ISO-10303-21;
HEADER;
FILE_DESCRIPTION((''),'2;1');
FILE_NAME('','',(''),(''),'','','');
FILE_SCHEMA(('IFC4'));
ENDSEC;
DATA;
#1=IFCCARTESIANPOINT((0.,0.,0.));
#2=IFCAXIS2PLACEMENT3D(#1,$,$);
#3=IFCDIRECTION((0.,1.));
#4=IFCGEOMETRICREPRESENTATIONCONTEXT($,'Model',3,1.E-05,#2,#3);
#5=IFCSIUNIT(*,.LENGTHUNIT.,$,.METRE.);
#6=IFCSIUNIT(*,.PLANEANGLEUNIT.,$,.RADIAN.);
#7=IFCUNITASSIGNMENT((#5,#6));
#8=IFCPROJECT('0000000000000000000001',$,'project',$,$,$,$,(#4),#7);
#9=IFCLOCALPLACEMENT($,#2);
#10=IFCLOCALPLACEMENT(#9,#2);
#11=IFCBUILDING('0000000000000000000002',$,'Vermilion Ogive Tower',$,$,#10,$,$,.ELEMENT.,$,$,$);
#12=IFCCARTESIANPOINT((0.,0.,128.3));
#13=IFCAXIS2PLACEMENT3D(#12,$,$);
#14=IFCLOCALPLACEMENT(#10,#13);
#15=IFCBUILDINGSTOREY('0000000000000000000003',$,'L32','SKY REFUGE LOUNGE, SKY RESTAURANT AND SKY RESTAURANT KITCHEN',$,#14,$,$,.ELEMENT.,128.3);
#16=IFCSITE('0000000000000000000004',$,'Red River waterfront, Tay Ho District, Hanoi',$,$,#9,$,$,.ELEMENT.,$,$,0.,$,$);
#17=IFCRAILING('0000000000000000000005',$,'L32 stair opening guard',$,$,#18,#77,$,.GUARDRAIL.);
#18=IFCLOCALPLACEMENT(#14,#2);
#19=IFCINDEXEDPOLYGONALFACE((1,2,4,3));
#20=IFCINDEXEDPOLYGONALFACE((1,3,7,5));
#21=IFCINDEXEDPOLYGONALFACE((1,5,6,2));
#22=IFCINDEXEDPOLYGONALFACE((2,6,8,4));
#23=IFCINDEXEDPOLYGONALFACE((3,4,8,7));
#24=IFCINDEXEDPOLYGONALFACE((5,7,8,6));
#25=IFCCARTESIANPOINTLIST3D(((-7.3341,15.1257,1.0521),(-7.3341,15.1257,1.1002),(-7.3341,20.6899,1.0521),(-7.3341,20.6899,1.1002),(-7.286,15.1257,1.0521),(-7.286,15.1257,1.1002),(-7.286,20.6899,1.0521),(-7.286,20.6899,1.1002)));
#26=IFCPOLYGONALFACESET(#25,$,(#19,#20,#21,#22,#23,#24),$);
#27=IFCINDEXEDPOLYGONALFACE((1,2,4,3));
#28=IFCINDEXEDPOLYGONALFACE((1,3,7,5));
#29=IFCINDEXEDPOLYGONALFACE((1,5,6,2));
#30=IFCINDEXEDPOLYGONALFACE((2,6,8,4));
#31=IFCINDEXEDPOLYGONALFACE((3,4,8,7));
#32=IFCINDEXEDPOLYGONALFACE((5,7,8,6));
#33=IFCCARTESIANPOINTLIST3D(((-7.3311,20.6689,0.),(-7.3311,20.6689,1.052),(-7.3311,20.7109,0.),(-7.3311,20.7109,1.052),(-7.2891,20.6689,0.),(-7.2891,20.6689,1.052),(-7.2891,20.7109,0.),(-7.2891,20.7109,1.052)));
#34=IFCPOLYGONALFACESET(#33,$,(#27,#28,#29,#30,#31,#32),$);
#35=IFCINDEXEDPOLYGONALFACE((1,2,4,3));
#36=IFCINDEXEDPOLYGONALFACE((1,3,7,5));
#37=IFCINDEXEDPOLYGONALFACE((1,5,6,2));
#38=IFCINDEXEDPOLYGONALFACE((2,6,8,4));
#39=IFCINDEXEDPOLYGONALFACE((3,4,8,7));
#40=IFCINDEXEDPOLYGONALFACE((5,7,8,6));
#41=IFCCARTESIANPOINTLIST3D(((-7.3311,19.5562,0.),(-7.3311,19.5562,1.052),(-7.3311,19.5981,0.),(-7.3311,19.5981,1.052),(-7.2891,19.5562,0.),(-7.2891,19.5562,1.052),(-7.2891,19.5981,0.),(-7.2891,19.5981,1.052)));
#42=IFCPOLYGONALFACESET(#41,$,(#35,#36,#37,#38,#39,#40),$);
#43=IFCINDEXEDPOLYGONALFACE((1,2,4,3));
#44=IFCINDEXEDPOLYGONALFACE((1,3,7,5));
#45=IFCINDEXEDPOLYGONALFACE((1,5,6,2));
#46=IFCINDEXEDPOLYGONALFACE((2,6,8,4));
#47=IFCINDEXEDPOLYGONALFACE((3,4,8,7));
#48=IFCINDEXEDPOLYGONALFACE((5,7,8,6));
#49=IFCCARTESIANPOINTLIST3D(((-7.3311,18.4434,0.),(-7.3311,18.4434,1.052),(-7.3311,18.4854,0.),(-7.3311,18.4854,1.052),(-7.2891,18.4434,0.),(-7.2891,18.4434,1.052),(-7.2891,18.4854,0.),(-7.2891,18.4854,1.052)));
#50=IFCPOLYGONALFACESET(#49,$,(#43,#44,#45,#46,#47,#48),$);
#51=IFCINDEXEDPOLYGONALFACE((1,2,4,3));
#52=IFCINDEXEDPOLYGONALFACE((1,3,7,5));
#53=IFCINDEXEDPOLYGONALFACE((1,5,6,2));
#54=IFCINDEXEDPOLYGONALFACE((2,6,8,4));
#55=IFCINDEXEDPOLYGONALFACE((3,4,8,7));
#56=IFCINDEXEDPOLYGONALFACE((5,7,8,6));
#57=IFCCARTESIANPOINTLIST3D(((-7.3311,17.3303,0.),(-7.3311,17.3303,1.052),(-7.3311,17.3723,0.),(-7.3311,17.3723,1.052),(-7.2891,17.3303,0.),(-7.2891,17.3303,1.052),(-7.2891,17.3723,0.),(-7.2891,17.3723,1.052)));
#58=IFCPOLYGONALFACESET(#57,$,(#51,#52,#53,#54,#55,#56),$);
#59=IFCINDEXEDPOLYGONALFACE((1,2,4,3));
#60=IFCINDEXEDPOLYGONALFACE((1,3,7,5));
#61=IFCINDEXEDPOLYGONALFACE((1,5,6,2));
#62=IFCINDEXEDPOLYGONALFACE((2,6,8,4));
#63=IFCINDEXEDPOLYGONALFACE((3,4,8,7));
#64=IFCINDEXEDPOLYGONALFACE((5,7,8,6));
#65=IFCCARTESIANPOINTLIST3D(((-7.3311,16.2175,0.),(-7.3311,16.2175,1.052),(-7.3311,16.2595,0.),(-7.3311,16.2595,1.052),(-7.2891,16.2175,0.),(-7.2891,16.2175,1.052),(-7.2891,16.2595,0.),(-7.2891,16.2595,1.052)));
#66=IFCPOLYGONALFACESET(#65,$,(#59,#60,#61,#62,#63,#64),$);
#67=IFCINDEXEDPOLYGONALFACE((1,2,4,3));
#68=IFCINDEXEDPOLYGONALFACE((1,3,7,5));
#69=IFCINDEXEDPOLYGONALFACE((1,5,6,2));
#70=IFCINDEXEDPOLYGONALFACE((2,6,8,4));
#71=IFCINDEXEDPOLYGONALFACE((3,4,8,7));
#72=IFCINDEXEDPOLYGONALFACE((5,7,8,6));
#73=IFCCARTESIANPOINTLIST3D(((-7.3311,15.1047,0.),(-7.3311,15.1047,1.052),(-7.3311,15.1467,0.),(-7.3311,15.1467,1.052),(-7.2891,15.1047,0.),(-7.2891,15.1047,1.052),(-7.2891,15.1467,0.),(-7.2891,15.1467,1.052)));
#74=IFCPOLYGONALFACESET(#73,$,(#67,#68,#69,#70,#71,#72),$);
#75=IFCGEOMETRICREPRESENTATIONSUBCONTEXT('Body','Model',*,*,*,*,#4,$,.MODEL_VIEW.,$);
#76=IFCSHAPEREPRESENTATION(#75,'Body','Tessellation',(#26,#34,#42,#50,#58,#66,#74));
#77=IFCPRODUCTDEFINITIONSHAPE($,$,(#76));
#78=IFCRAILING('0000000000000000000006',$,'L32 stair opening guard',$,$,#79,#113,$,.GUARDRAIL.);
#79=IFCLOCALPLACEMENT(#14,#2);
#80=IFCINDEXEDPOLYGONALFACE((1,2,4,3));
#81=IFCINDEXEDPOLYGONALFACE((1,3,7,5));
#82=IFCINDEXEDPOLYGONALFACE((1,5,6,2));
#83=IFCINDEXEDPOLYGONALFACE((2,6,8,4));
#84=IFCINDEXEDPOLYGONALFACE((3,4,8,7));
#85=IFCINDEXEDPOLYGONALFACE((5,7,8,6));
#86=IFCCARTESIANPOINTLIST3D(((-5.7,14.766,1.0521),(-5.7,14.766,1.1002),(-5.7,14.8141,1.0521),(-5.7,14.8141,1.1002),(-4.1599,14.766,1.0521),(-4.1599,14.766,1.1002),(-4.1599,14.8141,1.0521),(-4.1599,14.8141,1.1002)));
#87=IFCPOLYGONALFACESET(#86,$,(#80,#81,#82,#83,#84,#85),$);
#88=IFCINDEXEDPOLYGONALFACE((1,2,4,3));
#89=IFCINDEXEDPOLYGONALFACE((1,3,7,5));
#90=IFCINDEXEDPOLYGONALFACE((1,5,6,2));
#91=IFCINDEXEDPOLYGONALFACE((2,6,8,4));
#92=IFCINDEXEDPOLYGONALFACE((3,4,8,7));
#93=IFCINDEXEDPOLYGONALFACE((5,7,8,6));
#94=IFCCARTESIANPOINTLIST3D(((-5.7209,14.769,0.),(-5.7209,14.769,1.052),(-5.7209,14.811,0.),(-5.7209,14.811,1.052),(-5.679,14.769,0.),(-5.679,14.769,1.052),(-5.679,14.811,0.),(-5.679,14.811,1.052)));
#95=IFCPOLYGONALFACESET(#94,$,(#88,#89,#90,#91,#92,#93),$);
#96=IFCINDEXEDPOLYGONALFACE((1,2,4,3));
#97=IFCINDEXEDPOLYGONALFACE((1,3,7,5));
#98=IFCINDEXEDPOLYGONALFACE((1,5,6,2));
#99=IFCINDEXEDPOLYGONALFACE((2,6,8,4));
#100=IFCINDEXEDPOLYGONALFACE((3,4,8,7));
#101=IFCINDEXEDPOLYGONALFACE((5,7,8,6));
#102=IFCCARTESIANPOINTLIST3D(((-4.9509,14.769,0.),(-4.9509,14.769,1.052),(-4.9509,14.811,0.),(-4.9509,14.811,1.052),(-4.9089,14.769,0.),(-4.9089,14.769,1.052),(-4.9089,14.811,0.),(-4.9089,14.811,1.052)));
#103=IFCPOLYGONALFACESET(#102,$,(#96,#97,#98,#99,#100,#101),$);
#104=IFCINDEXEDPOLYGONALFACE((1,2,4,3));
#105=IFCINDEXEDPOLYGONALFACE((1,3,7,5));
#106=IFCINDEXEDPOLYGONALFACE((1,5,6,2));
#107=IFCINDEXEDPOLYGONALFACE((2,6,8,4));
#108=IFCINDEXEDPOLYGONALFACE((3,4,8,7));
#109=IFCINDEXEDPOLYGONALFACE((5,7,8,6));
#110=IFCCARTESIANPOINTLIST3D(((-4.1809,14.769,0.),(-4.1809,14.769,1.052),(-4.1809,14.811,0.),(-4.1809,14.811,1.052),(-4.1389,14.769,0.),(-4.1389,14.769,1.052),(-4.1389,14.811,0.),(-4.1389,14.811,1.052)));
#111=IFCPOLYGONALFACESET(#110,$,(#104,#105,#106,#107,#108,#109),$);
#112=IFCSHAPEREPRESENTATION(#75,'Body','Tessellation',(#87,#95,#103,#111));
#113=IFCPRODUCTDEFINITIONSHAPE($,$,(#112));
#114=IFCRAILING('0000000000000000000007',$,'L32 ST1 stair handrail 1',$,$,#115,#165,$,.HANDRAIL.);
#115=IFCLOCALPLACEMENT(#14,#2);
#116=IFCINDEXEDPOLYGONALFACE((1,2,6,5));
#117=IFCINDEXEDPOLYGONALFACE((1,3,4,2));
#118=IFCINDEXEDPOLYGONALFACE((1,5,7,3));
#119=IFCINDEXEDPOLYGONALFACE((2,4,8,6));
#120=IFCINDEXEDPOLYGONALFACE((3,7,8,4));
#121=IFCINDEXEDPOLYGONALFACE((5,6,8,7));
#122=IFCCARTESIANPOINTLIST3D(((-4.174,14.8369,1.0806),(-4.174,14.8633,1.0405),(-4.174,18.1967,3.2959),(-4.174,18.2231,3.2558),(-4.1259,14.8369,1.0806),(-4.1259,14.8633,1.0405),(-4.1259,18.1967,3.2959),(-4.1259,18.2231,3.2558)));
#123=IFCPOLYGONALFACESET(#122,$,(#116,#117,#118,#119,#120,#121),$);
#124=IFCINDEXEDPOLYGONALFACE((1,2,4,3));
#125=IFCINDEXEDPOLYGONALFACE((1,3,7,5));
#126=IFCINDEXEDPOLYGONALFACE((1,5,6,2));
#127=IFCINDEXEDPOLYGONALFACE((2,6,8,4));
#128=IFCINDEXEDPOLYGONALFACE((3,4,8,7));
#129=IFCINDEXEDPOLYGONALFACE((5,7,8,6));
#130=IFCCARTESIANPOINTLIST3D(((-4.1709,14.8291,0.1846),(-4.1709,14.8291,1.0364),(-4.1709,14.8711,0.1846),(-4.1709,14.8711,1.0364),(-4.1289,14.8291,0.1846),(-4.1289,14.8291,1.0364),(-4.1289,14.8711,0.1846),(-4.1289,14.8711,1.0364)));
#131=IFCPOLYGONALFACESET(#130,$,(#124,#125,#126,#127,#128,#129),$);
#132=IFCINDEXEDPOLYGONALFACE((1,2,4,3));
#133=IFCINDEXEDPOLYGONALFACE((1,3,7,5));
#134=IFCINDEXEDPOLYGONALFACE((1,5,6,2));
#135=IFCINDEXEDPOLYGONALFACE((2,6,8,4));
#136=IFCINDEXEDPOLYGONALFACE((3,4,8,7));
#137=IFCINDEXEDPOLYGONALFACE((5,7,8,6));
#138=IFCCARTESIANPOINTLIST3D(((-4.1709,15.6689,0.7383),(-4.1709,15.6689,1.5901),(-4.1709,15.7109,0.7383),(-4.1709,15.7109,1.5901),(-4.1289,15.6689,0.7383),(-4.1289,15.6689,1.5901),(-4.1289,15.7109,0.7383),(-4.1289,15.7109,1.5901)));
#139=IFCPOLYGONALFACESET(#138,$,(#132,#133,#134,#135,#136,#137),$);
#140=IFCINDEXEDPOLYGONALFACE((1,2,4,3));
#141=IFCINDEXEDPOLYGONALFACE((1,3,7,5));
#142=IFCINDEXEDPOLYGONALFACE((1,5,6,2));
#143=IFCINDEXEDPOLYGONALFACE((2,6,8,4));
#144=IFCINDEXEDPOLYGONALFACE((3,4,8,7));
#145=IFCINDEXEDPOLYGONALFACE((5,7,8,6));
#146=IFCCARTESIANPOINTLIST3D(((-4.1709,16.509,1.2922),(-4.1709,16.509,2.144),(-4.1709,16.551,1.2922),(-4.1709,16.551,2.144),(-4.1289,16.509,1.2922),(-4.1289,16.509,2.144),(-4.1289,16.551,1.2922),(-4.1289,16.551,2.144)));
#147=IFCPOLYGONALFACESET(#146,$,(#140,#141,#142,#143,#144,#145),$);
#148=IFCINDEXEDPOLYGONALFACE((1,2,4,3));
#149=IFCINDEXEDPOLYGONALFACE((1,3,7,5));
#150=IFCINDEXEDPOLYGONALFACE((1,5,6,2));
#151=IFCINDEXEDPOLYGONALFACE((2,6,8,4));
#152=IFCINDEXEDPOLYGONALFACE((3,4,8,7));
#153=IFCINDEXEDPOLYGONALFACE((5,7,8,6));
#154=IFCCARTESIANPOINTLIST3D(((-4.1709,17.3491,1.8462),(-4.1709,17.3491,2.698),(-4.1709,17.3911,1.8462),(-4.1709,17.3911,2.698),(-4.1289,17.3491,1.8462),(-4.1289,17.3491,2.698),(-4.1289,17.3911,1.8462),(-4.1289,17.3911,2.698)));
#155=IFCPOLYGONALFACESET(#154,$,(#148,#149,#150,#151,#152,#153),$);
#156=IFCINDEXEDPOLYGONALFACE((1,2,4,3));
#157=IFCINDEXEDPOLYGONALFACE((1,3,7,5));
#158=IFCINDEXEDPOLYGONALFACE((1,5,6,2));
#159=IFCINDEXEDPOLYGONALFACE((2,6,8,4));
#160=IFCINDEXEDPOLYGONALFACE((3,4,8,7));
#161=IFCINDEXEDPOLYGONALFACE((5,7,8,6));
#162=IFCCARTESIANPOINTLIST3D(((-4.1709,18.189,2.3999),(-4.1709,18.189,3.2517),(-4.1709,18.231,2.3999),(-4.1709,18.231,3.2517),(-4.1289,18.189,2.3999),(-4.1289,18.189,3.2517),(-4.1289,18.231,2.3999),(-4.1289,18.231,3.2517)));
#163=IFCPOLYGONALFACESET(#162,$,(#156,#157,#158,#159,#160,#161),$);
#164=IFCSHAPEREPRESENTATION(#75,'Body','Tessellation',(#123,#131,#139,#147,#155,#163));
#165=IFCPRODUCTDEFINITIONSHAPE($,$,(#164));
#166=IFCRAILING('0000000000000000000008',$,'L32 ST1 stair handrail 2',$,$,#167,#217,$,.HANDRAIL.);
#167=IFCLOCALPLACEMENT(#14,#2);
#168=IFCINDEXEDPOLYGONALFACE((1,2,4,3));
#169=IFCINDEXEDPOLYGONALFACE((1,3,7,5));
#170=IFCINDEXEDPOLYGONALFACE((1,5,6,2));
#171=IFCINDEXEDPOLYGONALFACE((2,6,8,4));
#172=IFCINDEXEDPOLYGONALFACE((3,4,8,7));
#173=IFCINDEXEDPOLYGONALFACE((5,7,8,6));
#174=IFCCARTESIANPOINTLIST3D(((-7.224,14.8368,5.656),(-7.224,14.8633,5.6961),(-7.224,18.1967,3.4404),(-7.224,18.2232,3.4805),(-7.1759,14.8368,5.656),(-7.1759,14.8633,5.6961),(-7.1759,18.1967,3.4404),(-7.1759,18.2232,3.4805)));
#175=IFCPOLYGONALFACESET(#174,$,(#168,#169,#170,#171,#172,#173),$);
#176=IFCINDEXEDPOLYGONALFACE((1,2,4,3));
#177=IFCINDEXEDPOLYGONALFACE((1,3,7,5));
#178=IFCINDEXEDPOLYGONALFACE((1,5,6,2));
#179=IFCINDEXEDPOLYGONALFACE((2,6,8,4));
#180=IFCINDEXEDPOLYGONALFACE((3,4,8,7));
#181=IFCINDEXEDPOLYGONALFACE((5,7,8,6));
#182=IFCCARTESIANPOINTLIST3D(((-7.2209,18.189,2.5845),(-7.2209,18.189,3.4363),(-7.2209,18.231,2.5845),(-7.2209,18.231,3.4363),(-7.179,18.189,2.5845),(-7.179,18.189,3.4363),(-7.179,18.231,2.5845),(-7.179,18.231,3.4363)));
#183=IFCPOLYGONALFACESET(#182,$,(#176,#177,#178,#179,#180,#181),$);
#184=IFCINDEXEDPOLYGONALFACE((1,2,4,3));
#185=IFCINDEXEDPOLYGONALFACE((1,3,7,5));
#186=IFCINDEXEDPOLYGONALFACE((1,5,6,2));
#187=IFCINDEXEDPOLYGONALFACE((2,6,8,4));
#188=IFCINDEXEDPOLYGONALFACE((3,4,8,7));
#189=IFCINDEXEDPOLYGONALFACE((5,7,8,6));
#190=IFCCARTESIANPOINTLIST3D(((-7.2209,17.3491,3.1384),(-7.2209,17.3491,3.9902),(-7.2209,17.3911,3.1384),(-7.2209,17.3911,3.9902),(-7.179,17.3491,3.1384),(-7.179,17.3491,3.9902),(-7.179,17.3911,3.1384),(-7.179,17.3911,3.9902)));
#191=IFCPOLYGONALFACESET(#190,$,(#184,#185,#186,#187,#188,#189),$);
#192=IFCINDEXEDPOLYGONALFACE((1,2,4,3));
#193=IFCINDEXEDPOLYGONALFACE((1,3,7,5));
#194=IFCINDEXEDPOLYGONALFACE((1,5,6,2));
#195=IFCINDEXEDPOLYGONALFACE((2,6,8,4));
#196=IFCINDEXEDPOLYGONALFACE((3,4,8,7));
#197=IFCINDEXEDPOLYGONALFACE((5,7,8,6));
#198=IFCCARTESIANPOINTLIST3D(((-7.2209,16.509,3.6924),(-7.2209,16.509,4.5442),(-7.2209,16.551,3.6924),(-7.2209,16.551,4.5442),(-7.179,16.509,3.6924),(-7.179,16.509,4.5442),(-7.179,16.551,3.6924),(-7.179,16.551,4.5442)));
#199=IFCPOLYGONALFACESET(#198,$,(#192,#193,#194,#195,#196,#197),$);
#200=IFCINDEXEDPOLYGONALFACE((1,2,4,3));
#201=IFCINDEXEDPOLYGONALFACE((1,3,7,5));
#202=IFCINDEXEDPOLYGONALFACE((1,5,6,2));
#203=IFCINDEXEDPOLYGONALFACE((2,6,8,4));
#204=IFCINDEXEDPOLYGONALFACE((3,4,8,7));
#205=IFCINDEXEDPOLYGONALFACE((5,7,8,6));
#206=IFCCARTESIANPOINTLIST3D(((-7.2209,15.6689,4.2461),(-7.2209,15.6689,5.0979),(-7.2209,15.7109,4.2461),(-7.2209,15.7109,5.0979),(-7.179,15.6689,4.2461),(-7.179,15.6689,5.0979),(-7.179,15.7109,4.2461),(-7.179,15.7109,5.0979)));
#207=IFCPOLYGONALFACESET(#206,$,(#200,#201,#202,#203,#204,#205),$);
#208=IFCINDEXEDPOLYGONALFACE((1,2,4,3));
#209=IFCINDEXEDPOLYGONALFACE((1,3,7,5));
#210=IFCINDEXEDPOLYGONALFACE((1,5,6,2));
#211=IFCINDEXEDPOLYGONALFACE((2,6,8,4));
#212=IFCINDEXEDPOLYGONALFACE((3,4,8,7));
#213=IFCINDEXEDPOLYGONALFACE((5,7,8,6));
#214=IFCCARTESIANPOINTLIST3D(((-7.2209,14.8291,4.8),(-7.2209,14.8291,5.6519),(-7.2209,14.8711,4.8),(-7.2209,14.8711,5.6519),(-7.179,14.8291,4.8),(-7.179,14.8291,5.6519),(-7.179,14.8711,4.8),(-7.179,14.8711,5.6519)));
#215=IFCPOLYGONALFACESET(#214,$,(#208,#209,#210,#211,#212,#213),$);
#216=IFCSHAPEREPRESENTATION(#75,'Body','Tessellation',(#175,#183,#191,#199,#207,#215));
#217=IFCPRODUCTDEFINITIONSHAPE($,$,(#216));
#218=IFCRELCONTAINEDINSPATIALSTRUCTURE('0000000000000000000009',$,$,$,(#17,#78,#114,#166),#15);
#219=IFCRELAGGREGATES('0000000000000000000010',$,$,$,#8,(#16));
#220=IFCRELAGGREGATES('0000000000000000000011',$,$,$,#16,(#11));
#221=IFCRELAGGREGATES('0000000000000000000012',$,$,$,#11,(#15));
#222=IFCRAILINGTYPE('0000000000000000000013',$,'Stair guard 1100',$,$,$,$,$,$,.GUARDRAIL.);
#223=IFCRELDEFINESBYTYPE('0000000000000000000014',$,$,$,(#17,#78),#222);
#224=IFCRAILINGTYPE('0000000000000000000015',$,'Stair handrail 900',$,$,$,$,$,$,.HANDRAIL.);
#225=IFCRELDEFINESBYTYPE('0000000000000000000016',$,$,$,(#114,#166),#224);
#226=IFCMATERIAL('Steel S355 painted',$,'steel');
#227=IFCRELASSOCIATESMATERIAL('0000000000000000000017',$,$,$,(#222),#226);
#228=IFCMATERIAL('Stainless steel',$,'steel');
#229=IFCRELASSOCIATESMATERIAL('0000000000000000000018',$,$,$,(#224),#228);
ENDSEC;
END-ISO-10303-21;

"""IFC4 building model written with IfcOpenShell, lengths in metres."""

from ifc_helpers import new_model, si_unit, direction, frame, origin, origin_2d, place, context, subcontext, project, spatial, rectangle, extrude, material, type_object, element, save


model = new_model("IFC4")

# Units and contexts
model_context = context("Model", 3, precision=1e-05, world=origin(), true_north=direction((0.0, 1.0)))
body_context = subcontext(model_context, "Body", "Model", "MODEL_VIEW")
ifc_project = project(units=[si_unit("LENGTHUNIT", "METRE"), si_unit("PLANEANGLEUNIT", "RADIAN")], contexts=[model_context])

# Site, building, storey
site_placement = place(None, origin())
site = spatial("IfcSite", under=ifc_project, at=site_placement, Name="Red River waterfront, Tay Ho District, Hanoi", CompositionType="ELEMENT", RefElevation=0.0)
building_placement = place(site_placement, origin())
building = spatial("IfcBuilding", under=site, at=building_placement, Name="Vermilion Ogive Tower", CompositionType="ELEMENT")
storey_placement = place(building_placement, frame((0.0, 0.0, 128.3)))
storey = spatial("IfcBuildingStorey", under=building, at=storey_placement, Name="L32", Description="SKY REFUGE LOUNGE, SKY RESTAURANT AND SKY RESTAURANT KITCHEN", CompositionType="ELEMENT", Elevation=128.3)

# Railings
ifc_material_1 = material(Name="Steel S355 painted", Category="steel")
railing_type_1 = type_object("IfcRailingType", Name="Stair guard 1100", PredefinedType="GUARDRAIL", material=ifc_material_1)
railing_1_placement = place(storey_placement, frame((-7.3101, 20.6899, 0.0)))
element("IfcRailing", 1, at=railing_1_placement, inside=storey, type_object=railing_type_1, Name="L32 stair opening guard", PredefinedType="GUARDRAIL", context=body_context, shape_type="SweptSolid", body=[
    extrude(rectangle(XDim=0.0481, YDim=0.0481, at=origin_2d()), frame((0.0, 0.0, 1.0762), z_axis=(0.0, -1.0, 0.0), x_axis=(1.0, 0.0, 0.0)), (0.0, 0.0, 1.0), 5.5642),
    extrude(rectangle(XDim=0.042, YDim=0.042, at=origin_2d()), origin(), (0.0, 0.0, 1.0), 1.052),
    extrude(rectangle(XDim=0.042, YDim=0.042, at=origin_2d()), frame((0.0, -1.1128, 0.0)), (0.0, 0.0, 1.0), 1.052),
    extrude(rectangle(XDim=0.042, YDim=0.042, at=origin_2d()), frame((0.0, -2.2256, 0.0)), (0.0, 0.0, 1.0), 1.052),
    extrude(rectangle(XDim=0.042, YDim=0.042, at=origin_2d()), frame((0.0, -3.3386, 0.0)), (0.0, 0.0, 1.0), 1.052),
    extrude(rectangle(XDim=0.042, YDim=0.042, at=origin_2d()), frame((0.0, -4.4514, 0.0)), (0.0, 0.0, 1.0), 1.052),
    extrude(rectangle(XDim=0.042, YDim=0.042, at=origin_2d()), frame((0.0, -5.5642, 0.0)), (0.0, 0.0, 1.0), 1.052),
])
railing_2_placement = place(storey_placement, frame((-5.7, 14.79, 0.0)))
element("IfcRailing", 2, at=railing_2_placement, inside=storey, type_object=railing_type_1, Name="L32 stair opening guard", PredefinedType="GUARDRAIL", context=body_context, shape_type="SweptSolid", body=[
    extrude(rectangle(XDim=0.0481, YDim=0.0481, at=origin_2d()), frame((0.0, 0.0, 1.0762), z_axis=(1.0, 0.0, 0.0), x_axis=(0.0, 1.0, 0.0)), (0.0, 0.0, 1.0), 1.54),
    extrude(rectangle(XDim=0.042, YDim=0.042, at=origin_2d()), origin(), (0.0, 0.0, 1.0), 1.052),
    extrude(rectangle(XDim=0.042, YDim=0.042, at=origin_2d()), frame((0.77, 0.0, 0.0)), (0.0, 0.0, 1.0), 1.052),
    extrude(rectangle(XDim=0.042, YDim=0.042, at=origin_2d()), frame((1.54, 0.0, 0.0)), (0.0, 0.0, 1.0), 1.052),
])
ifc_material_2 = material(Name="Stainless steel", Category="steel")
railing_type_2 = type_object("IfcRailingType", Name="Stair handrail 900", PredefinedType="HANDRAIL", material=ifc_material_2)
railing_3_placement = place(storey_placement, frame((-4.1499, 14.8501, 0.1846)))
element("IfcRailing", 3, at=railing_3_placement, inside=storey, type_object=railing_type_2, Name="L32 ST1 stair handrail 1", PredefinedType="HANDRAIL", context=body_context, shape_type="SweptSolid", body=[
    extrude(rectangle(XDim=0.0481, YDim=0.0481, at=origin_2d()), frame((0.0, 0.0, 0.876), z_axis=(0.0, 0.834858, 0.550465), x_axis=(-1.0, 0.0, 0.0)), (0.0, 0.0, 1.0), 4.0244),
    extrude(rectangle(XDim=0.042, YDim=0.042, at=origin_2d()), origin(), (0.0, 0.0, 1.0), 0.8518),
    extrude(rectangle(XDim=0.042, YDim=0.042, at=origin_2d()), frame((0.0, 0.8398, 0.5537)), (0.0, 0.0, 1.0), 0.8518),
    extrude(rectangle(XDim=0.042, YDim=0.042, at=origin_2d()), frame((0.0, 1.6799, 1.1077)), (0.0, 0.0, 1.0), 0.8518),
    extrude(rectangle(XDim=0.042, YDim=0.042, at=origin_2d()), frame((0.0, 2.52, 1.6616)), (0.0, 0.0, 1.0), 0.8518),
    extrude(rectangle(XDim=0.042, YDim=0.042, at=origin_2d()), frame((0.0, 3.3599, 2.2153)), (0.0, 0.0, 1.0), 0.8518),
])
railing_4_placement = place(storey_placement, frame((-7.2, 18.21, 2.5845)))
element("IfcRailing", 4, at=railing_4_placement, inside=storey, type_object=railing_type_2, Name="L32 ST1 stair handrail 2", PredefinedType="HANDRAIL", context=body_context, shape_type="SweptSolid", body=[
    extrude(rectangle(XDim=0.0481, YDim=0.0481, at=origin_2d()), frame((0.0, 0.0, 0.876), z_axis=(0.0, -0.83483, 0.550508), x_axis=(1.0, 0.0, 0.0)), (0.0, 0.0, 1.0), 4.0247),
    extrude(rectangle(XDim=0.042, YDim=0.042, at=origin_2d()), origin(), (0.0, 0.0, 1.0), 0.8518),
    extrude(rectangle(XDim=0.042, YDim=0.042, at=origin_2d()), frame((0.0, -0.8398, 0.554)), (0.0, 0.0, 1.0), 0.8518),
    extrude(rectangle(XDim=0.042, YDim=0.042, at=origin_2d()), frame((0.0, -1.6799, 1.1079)), (0.0, 0.0, 1.0), 0.8518),
    extrude(rectangle(XDim=0.042, YDim=0.042, at=origin_2d()), frame((0.0, -2.52, 1.6616)), (0.0, 0.0, 1.0), 0.8518),
    extrude(rectangle(XDim=0.042, YDim=0.042, at=origin_2d()), frame((0.0, -3.3599, 2.2156)), (0.0, 0.0, 1.0), 0.8518),
])

save(model, "model.ifc")
